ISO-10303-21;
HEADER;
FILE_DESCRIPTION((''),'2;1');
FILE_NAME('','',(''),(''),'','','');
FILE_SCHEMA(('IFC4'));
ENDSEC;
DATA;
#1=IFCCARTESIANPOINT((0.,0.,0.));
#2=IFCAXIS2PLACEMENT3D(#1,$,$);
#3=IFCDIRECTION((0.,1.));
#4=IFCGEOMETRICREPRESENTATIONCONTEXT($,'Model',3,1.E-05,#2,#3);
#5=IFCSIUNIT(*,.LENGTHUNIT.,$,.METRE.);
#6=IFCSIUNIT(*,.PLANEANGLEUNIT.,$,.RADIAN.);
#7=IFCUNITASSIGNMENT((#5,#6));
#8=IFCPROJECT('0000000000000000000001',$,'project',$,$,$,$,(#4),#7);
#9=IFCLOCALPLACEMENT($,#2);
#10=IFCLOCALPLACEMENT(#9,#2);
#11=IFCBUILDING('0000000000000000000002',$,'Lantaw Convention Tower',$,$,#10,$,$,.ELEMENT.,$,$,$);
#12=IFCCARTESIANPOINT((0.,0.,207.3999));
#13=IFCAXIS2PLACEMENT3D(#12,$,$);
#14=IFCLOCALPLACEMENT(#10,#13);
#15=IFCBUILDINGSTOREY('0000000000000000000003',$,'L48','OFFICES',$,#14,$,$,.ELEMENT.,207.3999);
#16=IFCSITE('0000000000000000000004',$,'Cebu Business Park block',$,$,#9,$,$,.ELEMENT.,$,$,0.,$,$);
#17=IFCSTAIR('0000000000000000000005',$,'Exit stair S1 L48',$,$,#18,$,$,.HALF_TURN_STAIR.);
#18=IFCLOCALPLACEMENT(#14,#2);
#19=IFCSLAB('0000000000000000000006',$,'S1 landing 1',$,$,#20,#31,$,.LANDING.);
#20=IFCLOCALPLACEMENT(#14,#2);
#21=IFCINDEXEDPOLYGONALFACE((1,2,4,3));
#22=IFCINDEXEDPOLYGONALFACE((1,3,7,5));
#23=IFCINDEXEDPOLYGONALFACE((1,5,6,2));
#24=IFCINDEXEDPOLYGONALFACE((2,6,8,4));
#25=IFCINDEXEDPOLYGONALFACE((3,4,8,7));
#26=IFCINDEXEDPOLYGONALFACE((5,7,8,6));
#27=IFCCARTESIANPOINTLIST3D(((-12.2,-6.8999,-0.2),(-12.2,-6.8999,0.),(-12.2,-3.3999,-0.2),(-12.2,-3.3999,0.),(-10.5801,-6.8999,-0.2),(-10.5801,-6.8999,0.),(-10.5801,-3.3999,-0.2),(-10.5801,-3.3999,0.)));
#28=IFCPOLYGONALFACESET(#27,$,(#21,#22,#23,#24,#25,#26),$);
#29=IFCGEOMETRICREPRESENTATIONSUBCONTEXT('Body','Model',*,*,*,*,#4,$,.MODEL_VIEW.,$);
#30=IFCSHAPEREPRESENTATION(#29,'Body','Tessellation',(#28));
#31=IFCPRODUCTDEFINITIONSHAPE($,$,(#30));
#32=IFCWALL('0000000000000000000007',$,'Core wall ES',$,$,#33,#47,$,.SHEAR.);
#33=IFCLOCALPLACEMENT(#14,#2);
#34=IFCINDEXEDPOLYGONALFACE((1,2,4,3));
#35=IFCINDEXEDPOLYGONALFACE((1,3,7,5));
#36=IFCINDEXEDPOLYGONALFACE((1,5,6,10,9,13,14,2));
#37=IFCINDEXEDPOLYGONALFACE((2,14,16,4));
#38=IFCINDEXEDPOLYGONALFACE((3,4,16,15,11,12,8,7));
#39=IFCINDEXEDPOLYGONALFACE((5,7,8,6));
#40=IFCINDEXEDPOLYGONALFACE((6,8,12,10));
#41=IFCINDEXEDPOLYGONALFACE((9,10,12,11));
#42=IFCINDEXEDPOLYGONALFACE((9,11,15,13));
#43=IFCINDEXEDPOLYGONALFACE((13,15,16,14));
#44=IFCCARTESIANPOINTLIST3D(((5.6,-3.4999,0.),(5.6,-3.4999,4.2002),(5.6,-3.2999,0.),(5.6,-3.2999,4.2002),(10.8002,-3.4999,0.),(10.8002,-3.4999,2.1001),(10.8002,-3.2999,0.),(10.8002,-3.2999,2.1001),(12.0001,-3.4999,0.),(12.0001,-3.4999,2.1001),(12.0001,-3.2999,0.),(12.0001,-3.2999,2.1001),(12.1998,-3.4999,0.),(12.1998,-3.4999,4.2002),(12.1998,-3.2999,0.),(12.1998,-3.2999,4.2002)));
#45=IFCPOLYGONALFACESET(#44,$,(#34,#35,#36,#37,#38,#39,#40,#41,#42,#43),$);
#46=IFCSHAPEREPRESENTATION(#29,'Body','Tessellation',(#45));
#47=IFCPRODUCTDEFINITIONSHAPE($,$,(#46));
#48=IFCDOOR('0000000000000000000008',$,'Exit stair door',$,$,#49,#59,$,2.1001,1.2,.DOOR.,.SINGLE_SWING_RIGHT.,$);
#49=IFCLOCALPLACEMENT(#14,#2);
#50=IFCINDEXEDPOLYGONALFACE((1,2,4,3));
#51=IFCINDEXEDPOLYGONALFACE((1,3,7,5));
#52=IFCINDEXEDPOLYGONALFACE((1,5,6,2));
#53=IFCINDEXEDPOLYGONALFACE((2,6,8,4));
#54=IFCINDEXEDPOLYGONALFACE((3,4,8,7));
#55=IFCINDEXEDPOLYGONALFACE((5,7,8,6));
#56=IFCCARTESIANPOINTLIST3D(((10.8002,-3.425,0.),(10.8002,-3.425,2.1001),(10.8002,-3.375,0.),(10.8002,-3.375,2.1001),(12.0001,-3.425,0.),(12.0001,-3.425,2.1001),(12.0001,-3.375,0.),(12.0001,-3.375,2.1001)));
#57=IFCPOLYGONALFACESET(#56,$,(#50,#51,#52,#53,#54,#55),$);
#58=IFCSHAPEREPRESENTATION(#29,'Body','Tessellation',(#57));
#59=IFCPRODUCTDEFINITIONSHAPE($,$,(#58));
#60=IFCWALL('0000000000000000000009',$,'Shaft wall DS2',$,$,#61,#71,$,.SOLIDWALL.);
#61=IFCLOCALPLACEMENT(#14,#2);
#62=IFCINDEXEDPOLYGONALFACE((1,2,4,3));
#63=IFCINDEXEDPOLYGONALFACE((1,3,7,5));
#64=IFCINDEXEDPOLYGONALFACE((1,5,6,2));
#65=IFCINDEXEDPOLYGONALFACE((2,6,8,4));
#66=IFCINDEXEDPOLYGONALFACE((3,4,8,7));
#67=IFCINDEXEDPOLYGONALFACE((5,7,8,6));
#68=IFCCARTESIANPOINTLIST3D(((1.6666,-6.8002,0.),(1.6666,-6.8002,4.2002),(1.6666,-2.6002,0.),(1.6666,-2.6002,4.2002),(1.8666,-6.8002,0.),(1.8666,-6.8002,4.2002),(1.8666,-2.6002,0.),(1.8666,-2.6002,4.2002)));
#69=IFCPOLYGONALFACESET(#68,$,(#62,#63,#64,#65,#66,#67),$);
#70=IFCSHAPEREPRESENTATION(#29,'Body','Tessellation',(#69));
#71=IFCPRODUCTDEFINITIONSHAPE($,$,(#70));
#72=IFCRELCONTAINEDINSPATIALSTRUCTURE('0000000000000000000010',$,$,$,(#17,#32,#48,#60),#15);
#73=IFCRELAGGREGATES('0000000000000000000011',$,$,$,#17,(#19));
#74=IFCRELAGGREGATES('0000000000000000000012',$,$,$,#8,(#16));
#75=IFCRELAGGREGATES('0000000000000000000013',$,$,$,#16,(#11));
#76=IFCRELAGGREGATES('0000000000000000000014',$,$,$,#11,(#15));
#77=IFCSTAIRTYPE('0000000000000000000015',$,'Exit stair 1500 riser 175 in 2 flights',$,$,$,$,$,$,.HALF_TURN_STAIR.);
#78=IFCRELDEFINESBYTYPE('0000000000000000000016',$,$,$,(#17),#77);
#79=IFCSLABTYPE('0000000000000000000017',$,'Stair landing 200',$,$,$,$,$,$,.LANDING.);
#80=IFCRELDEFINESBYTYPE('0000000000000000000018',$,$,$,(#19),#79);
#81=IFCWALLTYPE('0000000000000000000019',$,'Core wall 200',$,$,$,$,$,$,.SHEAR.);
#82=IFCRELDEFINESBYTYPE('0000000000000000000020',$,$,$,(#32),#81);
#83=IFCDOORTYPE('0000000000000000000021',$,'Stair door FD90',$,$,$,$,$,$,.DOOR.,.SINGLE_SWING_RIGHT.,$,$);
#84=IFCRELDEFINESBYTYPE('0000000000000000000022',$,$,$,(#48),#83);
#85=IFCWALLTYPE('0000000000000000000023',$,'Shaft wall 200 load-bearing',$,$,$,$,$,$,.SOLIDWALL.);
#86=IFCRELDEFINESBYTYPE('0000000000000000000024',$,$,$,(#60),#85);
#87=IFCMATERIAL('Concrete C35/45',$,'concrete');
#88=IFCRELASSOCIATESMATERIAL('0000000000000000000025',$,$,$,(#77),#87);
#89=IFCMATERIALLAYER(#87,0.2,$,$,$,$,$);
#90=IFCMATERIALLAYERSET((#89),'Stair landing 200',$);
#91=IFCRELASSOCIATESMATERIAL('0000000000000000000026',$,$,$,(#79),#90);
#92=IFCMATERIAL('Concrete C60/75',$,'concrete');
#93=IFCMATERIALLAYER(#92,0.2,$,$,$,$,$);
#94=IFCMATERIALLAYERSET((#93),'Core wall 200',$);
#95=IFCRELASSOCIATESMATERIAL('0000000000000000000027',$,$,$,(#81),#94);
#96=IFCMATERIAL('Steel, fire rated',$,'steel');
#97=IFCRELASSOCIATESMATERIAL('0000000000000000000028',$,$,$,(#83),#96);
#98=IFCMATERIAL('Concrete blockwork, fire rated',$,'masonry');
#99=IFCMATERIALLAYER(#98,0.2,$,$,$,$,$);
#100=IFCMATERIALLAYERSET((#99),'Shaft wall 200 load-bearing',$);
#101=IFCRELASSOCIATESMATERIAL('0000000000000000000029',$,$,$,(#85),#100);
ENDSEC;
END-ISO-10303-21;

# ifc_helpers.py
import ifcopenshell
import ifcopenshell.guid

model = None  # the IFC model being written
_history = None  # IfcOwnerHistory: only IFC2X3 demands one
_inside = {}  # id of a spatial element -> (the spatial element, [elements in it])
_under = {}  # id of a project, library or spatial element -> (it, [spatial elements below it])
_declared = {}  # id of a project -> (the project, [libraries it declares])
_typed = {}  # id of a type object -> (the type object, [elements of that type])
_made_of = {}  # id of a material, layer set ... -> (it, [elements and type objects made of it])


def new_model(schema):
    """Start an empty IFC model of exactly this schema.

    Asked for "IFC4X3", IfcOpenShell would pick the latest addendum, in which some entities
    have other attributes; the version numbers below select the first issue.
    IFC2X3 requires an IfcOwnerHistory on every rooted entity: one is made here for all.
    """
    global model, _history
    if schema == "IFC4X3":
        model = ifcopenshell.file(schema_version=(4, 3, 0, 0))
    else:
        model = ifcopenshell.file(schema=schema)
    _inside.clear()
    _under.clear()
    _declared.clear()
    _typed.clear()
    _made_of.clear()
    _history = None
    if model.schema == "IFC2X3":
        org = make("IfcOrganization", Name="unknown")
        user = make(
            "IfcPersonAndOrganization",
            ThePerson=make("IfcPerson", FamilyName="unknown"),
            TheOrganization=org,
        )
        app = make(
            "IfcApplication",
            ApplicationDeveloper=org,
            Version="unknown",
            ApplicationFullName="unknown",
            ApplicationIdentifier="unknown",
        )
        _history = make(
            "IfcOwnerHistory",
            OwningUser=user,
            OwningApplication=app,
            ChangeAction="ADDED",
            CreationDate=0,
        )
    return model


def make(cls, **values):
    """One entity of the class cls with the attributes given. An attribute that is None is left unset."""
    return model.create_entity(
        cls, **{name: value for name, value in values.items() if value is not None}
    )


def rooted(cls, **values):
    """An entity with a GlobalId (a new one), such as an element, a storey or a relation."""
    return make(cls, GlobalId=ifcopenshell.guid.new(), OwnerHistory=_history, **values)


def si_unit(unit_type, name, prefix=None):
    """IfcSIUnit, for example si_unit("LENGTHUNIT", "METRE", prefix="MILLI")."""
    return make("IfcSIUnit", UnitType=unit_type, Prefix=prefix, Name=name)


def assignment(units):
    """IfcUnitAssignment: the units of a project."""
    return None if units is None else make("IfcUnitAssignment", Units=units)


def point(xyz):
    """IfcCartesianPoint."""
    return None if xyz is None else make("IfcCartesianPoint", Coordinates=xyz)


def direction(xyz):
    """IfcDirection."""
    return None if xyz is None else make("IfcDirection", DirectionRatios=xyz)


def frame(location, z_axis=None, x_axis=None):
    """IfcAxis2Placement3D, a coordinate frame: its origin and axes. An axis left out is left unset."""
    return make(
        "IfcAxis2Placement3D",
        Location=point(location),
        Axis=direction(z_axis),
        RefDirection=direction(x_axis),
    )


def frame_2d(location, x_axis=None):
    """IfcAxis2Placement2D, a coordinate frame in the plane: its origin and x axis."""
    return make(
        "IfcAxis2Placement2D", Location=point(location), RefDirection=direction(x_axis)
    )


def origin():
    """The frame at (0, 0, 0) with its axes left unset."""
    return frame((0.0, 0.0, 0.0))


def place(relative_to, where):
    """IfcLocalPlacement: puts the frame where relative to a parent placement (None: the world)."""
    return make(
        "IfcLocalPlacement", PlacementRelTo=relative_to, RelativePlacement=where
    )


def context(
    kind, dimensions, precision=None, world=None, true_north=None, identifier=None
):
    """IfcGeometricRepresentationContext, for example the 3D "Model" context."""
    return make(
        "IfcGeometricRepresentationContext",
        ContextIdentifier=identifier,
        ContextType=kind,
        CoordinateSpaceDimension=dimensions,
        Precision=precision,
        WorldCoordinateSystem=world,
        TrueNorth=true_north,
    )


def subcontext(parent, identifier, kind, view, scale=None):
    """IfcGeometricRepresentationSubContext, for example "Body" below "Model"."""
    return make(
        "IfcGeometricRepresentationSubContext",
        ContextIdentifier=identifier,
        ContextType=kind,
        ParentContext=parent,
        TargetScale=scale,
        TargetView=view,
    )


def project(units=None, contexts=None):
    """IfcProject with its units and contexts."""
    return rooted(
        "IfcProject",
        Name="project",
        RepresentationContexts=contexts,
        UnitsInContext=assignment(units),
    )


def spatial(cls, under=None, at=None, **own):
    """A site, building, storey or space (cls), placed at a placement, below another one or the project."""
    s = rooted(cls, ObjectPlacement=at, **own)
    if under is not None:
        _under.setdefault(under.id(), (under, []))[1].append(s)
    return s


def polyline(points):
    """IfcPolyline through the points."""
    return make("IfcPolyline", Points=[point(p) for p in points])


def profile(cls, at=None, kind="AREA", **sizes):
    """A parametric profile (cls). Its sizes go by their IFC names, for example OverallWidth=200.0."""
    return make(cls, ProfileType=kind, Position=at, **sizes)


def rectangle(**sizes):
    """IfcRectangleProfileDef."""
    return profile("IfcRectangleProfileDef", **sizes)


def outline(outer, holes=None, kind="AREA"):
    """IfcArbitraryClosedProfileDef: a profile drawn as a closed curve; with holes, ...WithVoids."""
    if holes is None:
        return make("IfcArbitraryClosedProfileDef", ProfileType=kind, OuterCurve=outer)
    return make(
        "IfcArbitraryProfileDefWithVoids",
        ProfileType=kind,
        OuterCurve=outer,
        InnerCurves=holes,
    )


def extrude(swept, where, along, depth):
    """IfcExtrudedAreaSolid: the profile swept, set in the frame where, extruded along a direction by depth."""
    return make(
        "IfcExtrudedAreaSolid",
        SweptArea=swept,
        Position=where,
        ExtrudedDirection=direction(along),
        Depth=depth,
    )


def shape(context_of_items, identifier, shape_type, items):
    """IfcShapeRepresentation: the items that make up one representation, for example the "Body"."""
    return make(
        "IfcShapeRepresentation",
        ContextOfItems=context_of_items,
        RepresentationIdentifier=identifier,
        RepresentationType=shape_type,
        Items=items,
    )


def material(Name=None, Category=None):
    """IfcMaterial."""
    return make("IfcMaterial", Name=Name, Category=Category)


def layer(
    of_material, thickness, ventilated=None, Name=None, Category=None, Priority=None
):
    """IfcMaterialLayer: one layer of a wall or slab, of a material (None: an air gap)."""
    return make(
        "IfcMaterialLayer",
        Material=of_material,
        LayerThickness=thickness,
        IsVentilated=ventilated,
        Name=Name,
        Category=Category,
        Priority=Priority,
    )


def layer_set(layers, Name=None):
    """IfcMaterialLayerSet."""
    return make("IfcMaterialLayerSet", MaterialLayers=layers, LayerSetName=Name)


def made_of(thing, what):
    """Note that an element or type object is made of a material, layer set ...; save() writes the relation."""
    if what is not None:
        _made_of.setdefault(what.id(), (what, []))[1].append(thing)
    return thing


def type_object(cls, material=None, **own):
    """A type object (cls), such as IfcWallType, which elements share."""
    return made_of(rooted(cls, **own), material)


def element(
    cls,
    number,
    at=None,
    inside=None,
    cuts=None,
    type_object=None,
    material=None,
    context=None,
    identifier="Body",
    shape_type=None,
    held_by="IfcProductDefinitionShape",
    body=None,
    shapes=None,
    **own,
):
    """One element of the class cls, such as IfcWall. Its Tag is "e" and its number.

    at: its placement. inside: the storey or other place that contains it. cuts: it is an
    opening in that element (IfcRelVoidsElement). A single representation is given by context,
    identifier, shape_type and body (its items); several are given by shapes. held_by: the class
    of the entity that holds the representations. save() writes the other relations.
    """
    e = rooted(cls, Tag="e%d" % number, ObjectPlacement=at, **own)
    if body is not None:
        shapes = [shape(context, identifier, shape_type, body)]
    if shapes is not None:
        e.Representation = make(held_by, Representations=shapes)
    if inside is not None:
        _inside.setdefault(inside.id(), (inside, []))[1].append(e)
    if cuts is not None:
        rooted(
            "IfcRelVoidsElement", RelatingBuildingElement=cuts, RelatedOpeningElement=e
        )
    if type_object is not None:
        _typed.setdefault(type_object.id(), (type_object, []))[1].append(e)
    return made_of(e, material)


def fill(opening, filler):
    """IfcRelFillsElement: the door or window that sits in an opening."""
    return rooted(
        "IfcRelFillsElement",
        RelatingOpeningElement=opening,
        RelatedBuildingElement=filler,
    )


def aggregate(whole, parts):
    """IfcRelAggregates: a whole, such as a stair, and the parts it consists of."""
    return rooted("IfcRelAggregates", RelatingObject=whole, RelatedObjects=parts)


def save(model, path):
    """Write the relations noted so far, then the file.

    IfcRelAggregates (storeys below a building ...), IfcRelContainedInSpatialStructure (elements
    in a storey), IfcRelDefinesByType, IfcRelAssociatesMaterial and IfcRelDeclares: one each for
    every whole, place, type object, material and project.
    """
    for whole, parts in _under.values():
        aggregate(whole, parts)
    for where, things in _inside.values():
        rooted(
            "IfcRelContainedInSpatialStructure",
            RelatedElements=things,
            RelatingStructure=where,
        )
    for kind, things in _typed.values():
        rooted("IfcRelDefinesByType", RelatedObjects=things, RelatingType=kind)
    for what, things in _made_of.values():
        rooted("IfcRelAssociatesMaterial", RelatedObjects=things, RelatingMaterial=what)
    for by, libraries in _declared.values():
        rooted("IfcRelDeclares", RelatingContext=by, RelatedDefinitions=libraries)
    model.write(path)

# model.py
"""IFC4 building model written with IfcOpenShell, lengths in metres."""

from ifc_helpers import new_model, si_unit, direction, frame, frame_2d, origin, place, context, subcontext, project, spatial, polyline, rectangle, outline, extrude, material, layer, layer_set, type_object, element, fill, aggregate, save


model = new_model("IFC4")

# Units and contexts
model_context = context("Model", 3, precision=1e-05, world=origin(), true_north=direction((0.0, 1.0)))
body_context = subcontext(model_context, "Body", "Model", "MODEL_VIEW")
ifc_project = project(units=[si_unit("LENGTHUNIT", "METRE"), si_unit("PLANEANGLEUNIT", "RADIAN")], contexts=[model_context])

# Site, building, storey
site_placement = place(None, origin())
site = spatial("IfcSite", under=ifc_project, at=site_placement, Name="Cebu Business Park block", CompositionType="ELEMENT", RefElevation=0.0)
building_placement = place(site_placement, origin())
building = spatial("IfcBuilding", under=site, at=building_placement, Name="Lantaw Convention Tower", CompositionType="ELEMENT")
storey_placement = place(building_placement, frame((0.0, 0.0, 207.3999)))
storey = spatial("IfcBuildingStorey", under=building, at=storey_placement, Name="L48", Description="OFFICES", CompositionType="ELEMENT", Elevation=207.3999)

# Stair, slab
ifc_material_1 = material(Name="Concrete C35/45", Category="concrete")
stair_type = type_object("IfcStairType", Name="Exit stair 1500 riser 175 in 2 flights", PredefinedType="HALF_TURN_STAIR", material=ifc_material_1)
stair_placement = place(storey_placement, origin())
stair = element("IfcStair", 1, at=stair_placement, inside=storey, type_object=stair_type, Name="Exit stair S1 L48", PredefinedType="HALF_TURN_STAIR")
ifc_layer_1 = layer(ifc_material_1, 0.2)
ifc_layer_set_1 = layer_set([ifc_layer_1], Name="Stair landing 200")
slab_type = type_object("IfcSlabType", Name="Stair landing 200", PredefinedType="LANDING", material=ifc_layer_set_1)
slab_placement = place(storey_placement, frame((0.0, 0.0, -0.2)))
slab = element("IfcSlab", 2, at=slab_placement, type_object=slab_type, Name="S1 landing 1", PredefinedType="LANDING", context=body_context, shape_type="SweptSolid", body=[
    extrude(outline(polyline([(-12.2, -6.8999), (-10.5801, -6.8999), (-10.5801, -3.3999), (-12.2, -3.3999), (-12.2, -6.8999)])), origin(), (0.0, 0.0, 1.0), 0.2),
])
aggregate(stair, [slab])

# Wall, opening, door
ifc_material_2 = material(Name="Concrete C60/75", Category="concrete")
ifc_layer_2 = layer(ifc_material_2, 0.2)
ifc_layer_set_2 = layer_set([ifc_layer_2], Name="Core wall 200")
wall_type_1 = type_object("IfcWallType", Name="Core wall 200", PredefinedType="SHEAR", material=ifc_layer_set_2)
wall_1_placement = place(storey_placement, frame((5.6001, -3.3999, 0.0), z_axis=(0.0, 0.0, 1.0), x_axis=(1.0, 0.0, 0.0)))
wall_1 = element("IfcWall", 3, at=wall_1_placement, inside=storey, type_object=wall_type_1, Name="Core wall ES", PredefinedType="SHEAR", context=body_context, shape_type="SweptSolid", body=[
    extrude(rectangle(XDim=6.5999, YDim=0.2, at=frame_2d((3.2998, 0.0))), origin(), (0.0, 0.0, 1.0), 4.2002),
])
opening_placement = place(wall_1_placement, frame((5.2, 0.0, 0.0)))
opening = element("IfcOpeningElement", 4, at=opening_placement, cuts=wall_1, PredefinedType="OPENING", context=body_context, shape_type="SweptSolid", body=[
    extrude(rectangle(XDim=1.2, YDim=2.1001, at=frame_2d((0.6001, 1.05))), frame((0.0, 0.1099, 0.0), z_axis=(0.0, -1.0, 0.0), x_axis=(1.0, 0.0, 0.0)), (0.0, 0.0, 1.0), 0.22),
])
ifc_material_3 = material(Name="Steel, fire rated", Category="steel")
door_type = type_object("IfcDoorType", Name="Stair door FD90", OperationType="SINGLE_SWING_RIGHT", PredefinedType="DOOR", material=ifc_material_3)
door_placement = place(opening_placement, origin())
door = element("IfcDoor", 5, at=door_placement, inside=storey, type_object=door_type, Name="Exit stair door", OperationType="SINGLE_SWING_RIGHT", OverallHeight=2.1001, OverallWidth=1.2, PredefinedType="DOOR", context=body_context, shape_type="SweptSolid", body=[
    extrude(rectangle(XDim=1.2, YDim=2.1001, at=frame_2d((0.6001, 1.05))), frame((0.0, 0.0249, 0.0), z_axis=(0.0, -1.0, 0.0), x_axis=(1.0, 0.0, 0.0)), (0.0, 0.0, 1.0), 0.05),
])
fill(opening, door)

# Wall
ifc_material_4 = material(Name="Concrete blockwork, fire rated", Category="masonry")
ifc_layer_3 = layer(ifc_material_4, 0.2)
ifc_layer_set_3 = layer_set([ifc_layer_3], Name="Shaft wall 200 load-bearing")
wall_type_2 = type_object("IfcWallType", Name="Shaft wall 200 load-bearing", PredefinedType="SOLIDWALL", material=ifc_layer_set_3)
wall_2_placement = place(storey_placement, frame((1.7666, -2.6001, 0.0), z_axis=(0.0, 0.0, 1.0), x_axis=(0.0, -1.0, 0.0)))
element("IfcWall", 6, at=wall_2_placement, inside=storey, type_object=wall_type_2, Name="Shaft wall DS2", PredefinedType="SOLIDWALL", context=body_context, shape_type="SweptSolid", body=[
    extrude(rectangle(XDim=4.2, YDim=0.2, at=frame_2d((2.1001, 0.0))), origin(), (0.0, 0.0, 1.0), 4.2002),
])

save(model, "model.ifc")
